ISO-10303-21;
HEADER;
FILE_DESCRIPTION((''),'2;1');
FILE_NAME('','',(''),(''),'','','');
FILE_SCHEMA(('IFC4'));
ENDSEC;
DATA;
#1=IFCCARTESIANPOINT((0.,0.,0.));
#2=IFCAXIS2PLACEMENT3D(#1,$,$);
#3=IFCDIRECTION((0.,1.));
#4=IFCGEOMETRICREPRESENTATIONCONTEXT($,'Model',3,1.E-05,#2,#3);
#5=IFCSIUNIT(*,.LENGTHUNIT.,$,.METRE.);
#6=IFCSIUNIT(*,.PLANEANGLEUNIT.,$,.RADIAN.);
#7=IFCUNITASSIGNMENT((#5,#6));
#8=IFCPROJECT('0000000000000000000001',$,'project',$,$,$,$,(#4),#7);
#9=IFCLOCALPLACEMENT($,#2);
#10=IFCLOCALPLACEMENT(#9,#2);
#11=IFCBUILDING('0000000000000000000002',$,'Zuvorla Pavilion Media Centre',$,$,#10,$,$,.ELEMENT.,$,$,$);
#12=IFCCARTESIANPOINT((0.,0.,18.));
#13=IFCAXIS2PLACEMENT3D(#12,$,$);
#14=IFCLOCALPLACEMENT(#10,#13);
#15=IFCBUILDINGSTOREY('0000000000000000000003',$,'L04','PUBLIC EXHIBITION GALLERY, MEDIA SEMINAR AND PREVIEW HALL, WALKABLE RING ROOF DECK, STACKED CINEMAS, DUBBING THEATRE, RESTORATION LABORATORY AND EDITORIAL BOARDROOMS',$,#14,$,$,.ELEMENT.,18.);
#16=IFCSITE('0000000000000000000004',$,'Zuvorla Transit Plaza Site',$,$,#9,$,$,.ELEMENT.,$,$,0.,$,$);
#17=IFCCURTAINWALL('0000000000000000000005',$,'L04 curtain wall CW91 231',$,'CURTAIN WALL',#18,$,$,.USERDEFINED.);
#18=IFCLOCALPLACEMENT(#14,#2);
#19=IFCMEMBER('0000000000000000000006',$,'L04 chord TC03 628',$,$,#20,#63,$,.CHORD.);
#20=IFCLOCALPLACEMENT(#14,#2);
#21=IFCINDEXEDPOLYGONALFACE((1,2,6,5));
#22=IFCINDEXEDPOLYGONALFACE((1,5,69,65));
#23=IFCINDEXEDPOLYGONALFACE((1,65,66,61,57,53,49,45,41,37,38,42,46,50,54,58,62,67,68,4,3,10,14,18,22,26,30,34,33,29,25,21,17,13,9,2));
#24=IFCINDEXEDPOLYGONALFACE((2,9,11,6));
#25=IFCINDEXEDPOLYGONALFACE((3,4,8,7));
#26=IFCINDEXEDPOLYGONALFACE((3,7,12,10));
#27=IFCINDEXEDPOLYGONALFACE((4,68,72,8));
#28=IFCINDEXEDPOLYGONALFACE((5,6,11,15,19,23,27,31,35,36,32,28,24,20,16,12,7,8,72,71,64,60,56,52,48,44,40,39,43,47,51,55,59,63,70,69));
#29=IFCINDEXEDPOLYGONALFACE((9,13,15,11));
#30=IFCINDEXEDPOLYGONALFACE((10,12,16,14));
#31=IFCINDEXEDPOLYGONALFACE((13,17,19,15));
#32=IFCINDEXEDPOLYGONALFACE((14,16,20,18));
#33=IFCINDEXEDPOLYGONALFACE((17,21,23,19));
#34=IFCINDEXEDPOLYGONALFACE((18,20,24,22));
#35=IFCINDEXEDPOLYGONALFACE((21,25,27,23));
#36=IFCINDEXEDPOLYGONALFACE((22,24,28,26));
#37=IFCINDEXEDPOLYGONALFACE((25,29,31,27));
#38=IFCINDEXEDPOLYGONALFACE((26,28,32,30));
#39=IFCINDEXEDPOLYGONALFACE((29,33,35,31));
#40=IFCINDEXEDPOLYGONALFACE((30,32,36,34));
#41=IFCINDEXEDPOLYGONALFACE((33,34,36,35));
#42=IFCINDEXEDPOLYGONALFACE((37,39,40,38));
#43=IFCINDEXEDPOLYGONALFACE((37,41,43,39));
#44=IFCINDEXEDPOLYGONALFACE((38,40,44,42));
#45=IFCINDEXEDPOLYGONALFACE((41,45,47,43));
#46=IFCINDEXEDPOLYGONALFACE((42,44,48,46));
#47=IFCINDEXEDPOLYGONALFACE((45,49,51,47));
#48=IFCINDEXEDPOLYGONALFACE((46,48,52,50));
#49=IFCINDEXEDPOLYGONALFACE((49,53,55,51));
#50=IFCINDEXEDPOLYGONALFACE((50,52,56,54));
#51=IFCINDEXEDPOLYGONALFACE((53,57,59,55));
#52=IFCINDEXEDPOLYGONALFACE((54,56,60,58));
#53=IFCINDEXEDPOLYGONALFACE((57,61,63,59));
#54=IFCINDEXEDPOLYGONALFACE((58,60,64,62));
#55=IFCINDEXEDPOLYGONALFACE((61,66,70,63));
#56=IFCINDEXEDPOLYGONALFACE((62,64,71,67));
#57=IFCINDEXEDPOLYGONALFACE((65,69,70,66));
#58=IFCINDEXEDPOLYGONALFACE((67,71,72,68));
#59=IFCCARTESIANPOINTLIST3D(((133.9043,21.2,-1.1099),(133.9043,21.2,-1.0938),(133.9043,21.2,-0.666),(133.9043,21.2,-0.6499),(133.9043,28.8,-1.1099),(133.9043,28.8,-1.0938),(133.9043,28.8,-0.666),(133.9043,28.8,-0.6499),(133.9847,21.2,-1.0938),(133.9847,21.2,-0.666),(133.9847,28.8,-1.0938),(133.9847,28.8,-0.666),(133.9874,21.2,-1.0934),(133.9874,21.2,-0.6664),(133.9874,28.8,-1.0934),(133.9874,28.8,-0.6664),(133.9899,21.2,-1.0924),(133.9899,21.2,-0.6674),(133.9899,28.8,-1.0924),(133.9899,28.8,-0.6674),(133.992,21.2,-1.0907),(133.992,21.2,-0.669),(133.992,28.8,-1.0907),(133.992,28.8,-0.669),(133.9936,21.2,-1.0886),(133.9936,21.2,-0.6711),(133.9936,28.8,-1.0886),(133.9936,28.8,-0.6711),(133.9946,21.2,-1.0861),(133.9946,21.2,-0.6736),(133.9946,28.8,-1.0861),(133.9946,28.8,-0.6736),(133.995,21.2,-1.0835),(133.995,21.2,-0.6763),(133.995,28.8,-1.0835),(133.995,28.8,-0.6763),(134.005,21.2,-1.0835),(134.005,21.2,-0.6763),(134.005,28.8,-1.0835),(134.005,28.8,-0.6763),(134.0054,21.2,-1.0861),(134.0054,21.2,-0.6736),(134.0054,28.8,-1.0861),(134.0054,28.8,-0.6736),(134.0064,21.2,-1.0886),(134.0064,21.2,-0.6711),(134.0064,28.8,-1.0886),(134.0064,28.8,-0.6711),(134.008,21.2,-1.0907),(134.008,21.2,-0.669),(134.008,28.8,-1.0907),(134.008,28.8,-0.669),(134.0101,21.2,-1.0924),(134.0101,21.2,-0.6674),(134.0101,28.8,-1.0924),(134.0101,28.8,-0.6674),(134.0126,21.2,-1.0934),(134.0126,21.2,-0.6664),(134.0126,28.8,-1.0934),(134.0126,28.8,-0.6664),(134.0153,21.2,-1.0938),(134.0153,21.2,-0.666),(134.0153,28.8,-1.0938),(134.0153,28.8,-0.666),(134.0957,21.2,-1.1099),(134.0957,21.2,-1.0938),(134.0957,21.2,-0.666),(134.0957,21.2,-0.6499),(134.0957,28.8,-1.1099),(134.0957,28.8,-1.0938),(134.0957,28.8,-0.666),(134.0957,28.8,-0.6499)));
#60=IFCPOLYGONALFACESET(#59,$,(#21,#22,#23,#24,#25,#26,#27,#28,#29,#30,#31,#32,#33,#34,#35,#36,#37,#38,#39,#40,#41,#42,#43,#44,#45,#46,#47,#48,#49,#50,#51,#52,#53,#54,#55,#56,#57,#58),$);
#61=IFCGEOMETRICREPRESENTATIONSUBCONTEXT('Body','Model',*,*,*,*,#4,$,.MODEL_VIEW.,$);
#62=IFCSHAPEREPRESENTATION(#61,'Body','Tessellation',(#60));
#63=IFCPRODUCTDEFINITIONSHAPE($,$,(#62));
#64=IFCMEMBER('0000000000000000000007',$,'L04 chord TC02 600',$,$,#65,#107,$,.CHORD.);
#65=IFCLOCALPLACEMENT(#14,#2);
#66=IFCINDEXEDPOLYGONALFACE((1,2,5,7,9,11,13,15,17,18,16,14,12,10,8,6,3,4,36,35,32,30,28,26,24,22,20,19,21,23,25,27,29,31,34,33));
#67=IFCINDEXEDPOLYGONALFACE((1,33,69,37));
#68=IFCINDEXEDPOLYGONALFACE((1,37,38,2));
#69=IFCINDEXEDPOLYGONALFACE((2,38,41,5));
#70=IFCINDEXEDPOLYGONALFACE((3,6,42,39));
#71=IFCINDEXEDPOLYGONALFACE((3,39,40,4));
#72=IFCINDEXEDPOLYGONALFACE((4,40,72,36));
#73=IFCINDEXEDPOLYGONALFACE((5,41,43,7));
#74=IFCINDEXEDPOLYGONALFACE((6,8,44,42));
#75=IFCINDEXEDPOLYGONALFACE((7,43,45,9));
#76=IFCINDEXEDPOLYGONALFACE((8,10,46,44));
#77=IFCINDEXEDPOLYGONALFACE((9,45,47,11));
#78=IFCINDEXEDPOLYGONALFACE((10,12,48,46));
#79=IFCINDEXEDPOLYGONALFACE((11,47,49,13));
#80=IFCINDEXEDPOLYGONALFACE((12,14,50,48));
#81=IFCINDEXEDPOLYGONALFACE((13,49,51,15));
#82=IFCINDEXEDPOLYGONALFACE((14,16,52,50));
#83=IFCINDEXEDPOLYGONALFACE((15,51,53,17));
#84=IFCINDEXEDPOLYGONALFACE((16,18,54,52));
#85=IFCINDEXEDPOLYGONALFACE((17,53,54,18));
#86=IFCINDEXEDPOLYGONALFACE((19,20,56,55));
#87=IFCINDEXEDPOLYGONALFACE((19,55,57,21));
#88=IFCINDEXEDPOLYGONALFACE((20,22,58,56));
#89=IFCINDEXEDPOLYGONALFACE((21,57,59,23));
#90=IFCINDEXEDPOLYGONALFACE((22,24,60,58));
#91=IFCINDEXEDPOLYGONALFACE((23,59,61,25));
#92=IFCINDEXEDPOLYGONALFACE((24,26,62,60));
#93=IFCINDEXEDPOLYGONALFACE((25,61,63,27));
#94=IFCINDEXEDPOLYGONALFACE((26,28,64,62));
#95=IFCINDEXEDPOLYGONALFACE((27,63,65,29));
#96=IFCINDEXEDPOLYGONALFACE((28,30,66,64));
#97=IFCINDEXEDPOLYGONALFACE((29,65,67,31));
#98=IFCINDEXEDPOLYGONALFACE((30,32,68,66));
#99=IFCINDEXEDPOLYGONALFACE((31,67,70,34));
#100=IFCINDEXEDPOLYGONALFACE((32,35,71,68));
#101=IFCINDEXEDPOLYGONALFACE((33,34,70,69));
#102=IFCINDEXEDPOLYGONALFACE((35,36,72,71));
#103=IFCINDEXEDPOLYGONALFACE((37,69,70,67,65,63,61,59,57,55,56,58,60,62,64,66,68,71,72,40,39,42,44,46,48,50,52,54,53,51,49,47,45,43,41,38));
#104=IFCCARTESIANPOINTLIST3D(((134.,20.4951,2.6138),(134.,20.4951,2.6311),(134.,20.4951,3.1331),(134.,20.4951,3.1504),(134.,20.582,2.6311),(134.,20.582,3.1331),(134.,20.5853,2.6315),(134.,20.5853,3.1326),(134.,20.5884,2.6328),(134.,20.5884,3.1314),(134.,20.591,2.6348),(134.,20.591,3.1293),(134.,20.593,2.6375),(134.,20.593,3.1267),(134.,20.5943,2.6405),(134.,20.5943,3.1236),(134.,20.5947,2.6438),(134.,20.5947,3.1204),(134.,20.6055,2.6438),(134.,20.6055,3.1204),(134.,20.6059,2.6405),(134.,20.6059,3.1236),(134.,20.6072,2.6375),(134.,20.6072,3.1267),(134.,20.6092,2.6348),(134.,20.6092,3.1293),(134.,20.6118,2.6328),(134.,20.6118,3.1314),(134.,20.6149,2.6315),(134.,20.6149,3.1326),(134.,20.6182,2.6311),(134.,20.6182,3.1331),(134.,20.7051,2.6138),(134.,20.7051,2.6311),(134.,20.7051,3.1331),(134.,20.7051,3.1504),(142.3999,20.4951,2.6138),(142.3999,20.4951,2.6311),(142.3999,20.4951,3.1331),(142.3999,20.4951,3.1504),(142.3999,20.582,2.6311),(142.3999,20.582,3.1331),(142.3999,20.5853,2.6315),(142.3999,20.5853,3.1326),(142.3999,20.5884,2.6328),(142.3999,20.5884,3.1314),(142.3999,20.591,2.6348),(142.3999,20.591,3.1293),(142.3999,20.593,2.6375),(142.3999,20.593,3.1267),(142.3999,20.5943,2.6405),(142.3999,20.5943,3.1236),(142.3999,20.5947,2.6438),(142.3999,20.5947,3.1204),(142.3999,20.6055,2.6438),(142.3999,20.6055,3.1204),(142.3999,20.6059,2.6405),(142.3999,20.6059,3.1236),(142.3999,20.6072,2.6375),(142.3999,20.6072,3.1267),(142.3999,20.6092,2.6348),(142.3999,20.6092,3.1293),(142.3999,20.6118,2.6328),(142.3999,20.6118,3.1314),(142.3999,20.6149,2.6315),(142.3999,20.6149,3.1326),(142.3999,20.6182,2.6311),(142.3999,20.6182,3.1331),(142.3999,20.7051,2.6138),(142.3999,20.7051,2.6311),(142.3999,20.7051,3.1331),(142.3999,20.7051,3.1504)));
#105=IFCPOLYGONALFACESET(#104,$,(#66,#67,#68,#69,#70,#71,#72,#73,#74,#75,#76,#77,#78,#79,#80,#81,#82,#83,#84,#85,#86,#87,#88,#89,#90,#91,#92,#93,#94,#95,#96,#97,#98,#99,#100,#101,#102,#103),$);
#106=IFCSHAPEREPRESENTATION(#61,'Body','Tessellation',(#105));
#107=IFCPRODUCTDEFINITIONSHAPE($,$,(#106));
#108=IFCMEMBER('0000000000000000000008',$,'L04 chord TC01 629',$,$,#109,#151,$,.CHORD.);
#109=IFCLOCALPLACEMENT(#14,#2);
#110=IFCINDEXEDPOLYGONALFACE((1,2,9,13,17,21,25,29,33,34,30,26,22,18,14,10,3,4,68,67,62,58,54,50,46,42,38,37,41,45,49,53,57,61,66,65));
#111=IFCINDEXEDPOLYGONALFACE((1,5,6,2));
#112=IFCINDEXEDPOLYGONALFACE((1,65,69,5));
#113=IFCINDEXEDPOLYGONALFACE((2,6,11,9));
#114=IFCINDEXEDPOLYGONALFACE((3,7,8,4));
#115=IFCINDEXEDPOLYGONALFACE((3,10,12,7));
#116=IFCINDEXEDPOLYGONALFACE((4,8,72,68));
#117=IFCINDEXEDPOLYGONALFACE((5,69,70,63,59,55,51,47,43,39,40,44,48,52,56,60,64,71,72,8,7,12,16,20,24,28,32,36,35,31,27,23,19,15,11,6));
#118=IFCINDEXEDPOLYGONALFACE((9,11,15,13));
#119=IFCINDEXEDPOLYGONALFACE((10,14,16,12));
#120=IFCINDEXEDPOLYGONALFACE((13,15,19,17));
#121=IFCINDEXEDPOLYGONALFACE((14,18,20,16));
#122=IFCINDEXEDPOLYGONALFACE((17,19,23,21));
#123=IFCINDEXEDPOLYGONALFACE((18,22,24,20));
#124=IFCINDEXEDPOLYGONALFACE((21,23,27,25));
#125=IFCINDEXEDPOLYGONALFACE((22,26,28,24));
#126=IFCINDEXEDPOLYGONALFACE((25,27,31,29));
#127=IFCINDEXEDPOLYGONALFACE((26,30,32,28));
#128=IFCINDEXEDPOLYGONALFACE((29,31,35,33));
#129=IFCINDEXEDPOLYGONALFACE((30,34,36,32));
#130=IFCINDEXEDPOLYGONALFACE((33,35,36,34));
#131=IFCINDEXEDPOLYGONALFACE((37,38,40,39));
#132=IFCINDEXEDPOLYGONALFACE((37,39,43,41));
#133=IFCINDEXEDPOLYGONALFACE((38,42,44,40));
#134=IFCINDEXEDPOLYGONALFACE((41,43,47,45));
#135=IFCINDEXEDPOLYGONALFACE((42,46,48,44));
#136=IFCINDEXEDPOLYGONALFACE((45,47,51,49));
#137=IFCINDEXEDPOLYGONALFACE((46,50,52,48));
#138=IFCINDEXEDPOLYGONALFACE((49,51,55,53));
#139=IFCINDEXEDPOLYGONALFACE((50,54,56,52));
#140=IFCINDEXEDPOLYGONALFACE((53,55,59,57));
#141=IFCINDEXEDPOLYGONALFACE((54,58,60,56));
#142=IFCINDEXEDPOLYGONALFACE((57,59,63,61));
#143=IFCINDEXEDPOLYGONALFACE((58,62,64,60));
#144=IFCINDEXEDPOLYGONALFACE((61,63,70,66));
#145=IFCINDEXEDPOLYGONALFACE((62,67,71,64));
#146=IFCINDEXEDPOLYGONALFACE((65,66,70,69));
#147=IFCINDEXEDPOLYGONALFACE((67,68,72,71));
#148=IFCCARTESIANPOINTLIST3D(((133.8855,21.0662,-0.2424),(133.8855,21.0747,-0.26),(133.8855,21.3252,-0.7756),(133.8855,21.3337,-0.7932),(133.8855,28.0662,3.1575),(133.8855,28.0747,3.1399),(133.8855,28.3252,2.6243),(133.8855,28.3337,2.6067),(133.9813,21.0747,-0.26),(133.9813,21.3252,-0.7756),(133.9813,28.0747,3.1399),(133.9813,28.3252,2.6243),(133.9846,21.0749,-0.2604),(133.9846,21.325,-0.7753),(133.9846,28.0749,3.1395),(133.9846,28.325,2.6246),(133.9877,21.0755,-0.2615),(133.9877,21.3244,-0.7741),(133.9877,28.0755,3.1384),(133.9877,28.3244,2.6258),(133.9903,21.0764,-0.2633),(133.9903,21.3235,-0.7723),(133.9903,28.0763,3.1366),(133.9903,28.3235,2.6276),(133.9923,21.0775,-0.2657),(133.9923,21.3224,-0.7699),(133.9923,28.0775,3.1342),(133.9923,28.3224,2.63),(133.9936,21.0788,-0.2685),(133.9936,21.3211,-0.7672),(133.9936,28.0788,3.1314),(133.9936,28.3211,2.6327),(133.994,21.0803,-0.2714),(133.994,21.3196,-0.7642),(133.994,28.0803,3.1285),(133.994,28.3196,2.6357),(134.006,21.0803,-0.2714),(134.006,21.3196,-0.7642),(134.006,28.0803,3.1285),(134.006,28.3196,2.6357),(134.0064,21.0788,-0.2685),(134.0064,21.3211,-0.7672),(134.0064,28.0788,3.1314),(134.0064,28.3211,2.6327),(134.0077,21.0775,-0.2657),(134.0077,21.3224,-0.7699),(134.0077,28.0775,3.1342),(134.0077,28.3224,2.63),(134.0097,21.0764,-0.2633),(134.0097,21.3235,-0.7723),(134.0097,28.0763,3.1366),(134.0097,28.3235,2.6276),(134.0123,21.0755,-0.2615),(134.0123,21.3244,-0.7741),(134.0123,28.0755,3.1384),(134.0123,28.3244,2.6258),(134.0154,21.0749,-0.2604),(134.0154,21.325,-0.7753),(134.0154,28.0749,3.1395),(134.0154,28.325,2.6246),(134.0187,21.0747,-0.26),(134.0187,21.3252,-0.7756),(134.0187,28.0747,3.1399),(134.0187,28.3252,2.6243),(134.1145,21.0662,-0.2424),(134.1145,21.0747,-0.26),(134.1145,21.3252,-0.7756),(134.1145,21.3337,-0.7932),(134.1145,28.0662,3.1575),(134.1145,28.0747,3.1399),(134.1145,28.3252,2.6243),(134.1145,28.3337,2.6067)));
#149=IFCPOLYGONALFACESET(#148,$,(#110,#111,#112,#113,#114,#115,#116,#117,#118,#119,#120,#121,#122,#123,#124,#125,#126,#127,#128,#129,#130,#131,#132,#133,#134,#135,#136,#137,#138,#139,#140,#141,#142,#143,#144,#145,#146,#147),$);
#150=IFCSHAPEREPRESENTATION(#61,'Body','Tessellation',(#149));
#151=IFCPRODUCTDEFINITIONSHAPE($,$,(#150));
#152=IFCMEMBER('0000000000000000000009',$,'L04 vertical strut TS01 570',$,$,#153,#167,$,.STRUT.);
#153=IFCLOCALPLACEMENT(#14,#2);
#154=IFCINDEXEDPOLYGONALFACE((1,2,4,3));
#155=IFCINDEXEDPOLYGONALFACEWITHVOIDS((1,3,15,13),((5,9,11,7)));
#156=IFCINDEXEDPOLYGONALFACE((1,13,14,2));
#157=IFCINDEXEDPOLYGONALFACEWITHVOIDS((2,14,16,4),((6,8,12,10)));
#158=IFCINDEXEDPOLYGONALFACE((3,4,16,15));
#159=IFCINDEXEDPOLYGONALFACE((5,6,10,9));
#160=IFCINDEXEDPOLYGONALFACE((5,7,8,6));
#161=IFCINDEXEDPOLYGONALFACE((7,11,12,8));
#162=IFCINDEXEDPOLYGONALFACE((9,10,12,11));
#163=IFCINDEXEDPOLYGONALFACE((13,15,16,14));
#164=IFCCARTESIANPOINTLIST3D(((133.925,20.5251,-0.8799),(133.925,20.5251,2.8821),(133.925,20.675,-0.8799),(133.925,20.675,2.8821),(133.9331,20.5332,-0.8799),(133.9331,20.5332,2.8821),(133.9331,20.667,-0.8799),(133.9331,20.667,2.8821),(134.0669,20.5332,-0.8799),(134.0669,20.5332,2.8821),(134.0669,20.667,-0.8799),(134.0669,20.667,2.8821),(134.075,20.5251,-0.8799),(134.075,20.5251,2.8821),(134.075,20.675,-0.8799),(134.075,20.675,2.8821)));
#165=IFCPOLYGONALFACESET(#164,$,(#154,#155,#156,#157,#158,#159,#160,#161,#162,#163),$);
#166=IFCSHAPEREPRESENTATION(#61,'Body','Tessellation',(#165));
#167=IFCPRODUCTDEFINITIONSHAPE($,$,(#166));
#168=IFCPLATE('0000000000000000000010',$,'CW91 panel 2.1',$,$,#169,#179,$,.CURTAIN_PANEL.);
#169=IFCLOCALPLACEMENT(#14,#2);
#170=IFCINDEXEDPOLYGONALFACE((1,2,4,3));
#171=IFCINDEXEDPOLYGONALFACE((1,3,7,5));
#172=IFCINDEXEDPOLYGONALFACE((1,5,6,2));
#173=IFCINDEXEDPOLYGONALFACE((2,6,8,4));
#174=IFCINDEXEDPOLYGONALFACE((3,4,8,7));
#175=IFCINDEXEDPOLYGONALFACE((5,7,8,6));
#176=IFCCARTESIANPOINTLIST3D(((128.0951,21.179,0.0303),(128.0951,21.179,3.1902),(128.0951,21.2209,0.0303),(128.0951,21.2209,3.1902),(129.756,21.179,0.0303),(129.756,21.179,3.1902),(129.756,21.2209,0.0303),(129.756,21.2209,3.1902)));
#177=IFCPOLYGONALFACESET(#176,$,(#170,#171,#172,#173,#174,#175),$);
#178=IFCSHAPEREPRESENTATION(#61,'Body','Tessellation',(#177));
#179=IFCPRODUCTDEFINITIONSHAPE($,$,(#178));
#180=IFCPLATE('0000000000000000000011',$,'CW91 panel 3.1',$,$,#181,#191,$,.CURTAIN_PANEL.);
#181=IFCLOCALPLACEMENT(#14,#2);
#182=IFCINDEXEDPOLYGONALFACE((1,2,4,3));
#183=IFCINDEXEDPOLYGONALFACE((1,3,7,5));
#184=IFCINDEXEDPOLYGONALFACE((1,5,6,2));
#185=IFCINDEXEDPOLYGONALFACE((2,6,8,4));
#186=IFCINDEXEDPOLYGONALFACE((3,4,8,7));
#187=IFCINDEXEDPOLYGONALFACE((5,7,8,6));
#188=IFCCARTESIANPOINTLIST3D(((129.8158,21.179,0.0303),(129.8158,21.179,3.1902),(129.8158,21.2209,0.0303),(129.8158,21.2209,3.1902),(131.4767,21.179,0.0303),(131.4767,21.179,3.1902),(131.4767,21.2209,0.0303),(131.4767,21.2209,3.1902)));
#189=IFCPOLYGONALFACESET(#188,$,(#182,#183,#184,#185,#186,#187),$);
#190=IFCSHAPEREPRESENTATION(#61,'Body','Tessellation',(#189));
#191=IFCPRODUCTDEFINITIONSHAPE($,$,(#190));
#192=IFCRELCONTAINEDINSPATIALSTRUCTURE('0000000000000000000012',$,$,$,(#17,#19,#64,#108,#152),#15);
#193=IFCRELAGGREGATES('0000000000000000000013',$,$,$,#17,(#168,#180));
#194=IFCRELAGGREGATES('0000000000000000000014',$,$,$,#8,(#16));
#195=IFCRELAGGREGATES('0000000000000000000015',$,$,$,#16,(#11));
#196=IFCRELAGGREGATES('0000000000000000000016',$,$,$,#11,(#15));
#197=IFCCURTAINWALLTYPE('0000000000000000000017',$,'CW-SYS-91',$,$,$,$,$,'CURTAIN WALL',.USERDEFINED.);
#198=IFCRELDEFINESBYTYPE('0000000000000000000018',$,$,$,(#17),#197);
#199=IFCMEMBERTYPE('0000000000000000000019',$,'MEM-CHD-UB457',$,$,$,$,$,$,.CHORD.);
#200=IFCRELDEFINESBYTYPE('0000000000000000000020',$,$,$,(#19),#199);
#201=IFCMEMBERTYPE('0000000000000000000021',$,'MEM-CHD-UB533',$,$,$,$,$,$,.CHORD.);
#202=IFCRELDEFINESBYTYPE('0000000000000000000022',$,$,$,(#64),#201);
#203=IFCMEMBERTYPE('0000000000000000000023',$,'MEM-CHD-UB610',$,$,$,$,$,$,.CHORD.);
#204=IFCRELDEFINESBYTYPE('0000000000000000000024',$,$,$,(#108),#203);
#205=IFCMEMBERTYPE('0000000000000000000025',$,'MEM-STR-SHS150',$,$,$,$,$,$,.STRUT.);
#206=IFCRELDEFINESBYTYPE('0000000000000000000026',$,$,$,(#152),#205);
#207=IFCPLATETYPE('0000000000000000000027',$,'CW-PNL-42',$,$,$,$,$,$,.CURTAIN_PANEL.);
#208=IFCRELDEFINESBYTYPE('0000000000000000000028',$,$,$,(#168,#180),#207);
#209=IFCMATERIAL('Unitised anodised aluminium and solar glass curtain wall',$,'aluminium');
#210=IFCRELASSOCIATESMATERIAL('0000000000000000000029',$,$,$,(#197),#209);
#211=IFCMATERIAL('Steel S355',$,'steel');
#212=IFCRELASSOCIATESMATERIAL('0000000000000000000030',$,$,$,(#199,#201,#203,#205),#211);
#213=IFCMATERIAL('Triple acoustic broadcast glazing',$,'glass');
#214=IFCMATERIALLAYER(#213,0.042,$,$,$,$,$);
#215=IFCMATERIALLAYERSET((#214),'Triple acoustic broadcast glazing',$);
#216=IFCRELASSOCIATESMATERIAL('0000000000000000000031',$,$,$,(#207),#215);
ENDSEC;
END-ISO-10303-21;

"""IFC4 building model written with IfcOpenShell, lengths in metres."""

from ifc_helpers import new_model, si_unit, direction, frame, origin, origin_2d, place, context, subcontext, project, spatial, rectangle, hollow_rectangle, i_section, extrude, material, layer, layer_set, material_profile, profile_set, type_object, element, aggregate, save


model = new_model("IFC4")

# Units and contexts
model_context = context("Model", 3, precision=1e-05, world=origin(), true_north=direction((0.0, 1.0)))
body_context = subcontext(model_context, "Body", "Model", "MODEL_VIEW")
ifc_project = project(units=[si_unit("LENGTHUNIT", "METRE"), si_unit("PLANEANGLEUNIT", "RADIAN")], contexts=[model_context])

# Site, building, storey
site_placement = place(None, origin())
site = spatial("IfcSite", under=ifc_project, at=site_placement, Name="Zuvorla Transit Plaza Site", CompositionType="ELEMENT", RefElevation=0.0)
building_placement = place(site_placement, origin())
building = spatial("IfcBuilding", under=site, at=building_placement, Name="Zuvorla Pavilion Media Centre", CompositionType="ELEMENT")
storey_placement = place(building_placement, frame((0.0, 0.0, 18.0)))
storey = spatial("IfcBuildingStorey", under=building, at=storey_placement, Name="L04", Description="PUBLIC EXHIBITION GALLERY, MEDIA SEMINAR AND PREVIEW HALL, WALKABLE RING ROOF DECK, STACKED CINEMAS, DUBBING THEATRE, RESTORATION LABORATORY AND EDITORIAL BOARDROOMS", CompositionType="ELEMENT", Elevation=18.0)

# Curtain wall
ifc_material_1 = material(Name="Unitised anodised aluminium and solar glass curtain wall", Category="aluminium")
curtain_wall_type_1 = type_object("IfcCurtainWallType", Name="CW-SYS-91", ElementType="CURTAIN WALL", PredefinedType="USERDEFINED", material=ifc_material_1)
curtain_wall_1_placement = place(storey_placement, origin())
curtain_wall_1 = element("IfcCurtainWall", 1, at=curtain_wall_1_placement, inside=storey, type_object=curtain_wall_type_1, Name="L04 curtain wall CW91 231", ObjectType="CURTAIN WALL", PredefinedType="USERDEFINED")

# Members
ifc_material_2 = material(Name="Steel S355", Category="steel")
ifc_material_profile_1 = material_profile(ifc_material_2, i_section(OverallWidth=0.1914, OverallDepth=0.46, WebThickness=0.01, FlangeThickness=0.0161, FilletRadius=0.0103, at=origin_2d()), Name="UB 457x191x82")
ifc_profile_set_1 = profile_set([ifc_material_profile_1], Name="Steel S355")
member_type_1 = type_object("IfcMemberType", Name="MEM-CHD-UB457", PredefinedType="CHORD", material=ifc_profile_set_1)
member_1_placement = place(storey_placement, frame((134.0, 21.2, -0.8799), z_axis=(0.0, 1.0, 0.0), x_axis=(-1.0, 0.0, 0.0)))
element("IfcMember", 2, at=member_1_placement, inside=storey, type_object=member_type_1, Name="L04 chord TC03 628", PredefinedType="CHORD", context=body_context, shape_type="SweptSolid", body=[
    extrude(i_section(OverallWidth=0.1914, OverallDepth=0.46, WebThickness=0.01, FlangeThickness=0.0161, FilletRadius=0.0103, at=origin_2d()), origin(), (0.0, 0.0, 1.0), 7.6001),
])
ifc_material_profile_2 = material_profile(ifc_material_2, i_section(OverallWidth=0.21, OverallDepth=0.5366, WebThickness=0.0107, FlangeThickness=0.0173, FilletRadius=0.0127, at=origin_2d()), Name="UB 533x210x101")
ifc_profile_set_2 = profile_set([ifc_material_profile_2], Name="Steel S355")
member_type_2 = type_object("IfcMemberType", Name="MEM-CHD-UB533", PredefinedType="CHORD", material=ifc_profile_set_2)
member_2_placement = place(storey_placement, frame((134.0, 20.6001, 2.8821), z_axis=(1.0, 0.0, 0.0), x_axis=(0.0, 1.0, 0.0)))
element("IfcMember", 3, at=member_2_placement, inside=storey, type_object=member_type_2, Name="L04 chord TC02 600", PredefinedType="CHORD", context=body_context, shape_type="SweptSolid", body=[
    extrude(i_section(OverallWidth=0.21, OverallDepth=0.5366, WebThickness=0.0107, FlangeThickness=0.0173, FilletRadius=0.0127, at=origin_2d()), origin(), (0.0, 0.0, 1.0), 8.3999),
])
ifc_material_profile_3 = material_profile(ifc_material_2, i_section(OverallWidth=0.229, OverallDepth=0.6123, WebThickness=0.012, FlangeThickness=0.0195, FilletRadius=0.0127, at=origin_2d()), Name="UB 610x229x125")
ifc_profile_set_3 = profile_set([ifc_material_profile_3], Name="Steel S355")
member_type_3 = type_object("IfcMemberType", Name="MEM-CHD-UB610", PredefinedType="CHORD", material=ifc_profile_set_3)
member_3_placement = place(storey_placement, frame((134.0, 21.2, -0.5178), z_axis=(0.0, 0.899513, 0.436894), x_axis=(-1.0, 0.0, 0.0)))
element("IfcMember", 4, at=member_3_placement, inside=storey, type_object=member_type_3, Name="L04 chord TC01 629", PredefinedType="CHORD", context=body_context, shape_type="SweptSolid", body=[
    extrude(i_section(OverallWidth=0.229, OverallDepth=0.6123, WebThickness=0.012, FlangeThickness=0.0195, FilletRadius=0.0127, at=origin_2d()), origin(), (0.0, 0.0, 1.0), 7.782),
])
ifc_material_profile_4 = material_profile(ifc_material_2, hollow_rectangle(XDim=0.1499, YDim=0.1499, WallThickness=0.0081, at=origin_2d()), Name="SHS 150x150x8")
ifc_profile_set_4 = profile_set([ifc_material_profile_4], Name="Steel S355")
member_type_4 = type_object("IfcMemberType", Name="MEM-STR-SHS150", PredefinedType="STRUT", material=ifc_profile_set_4)
member_4_placement = place(storey_placement, frame((134.0, 20.6001, -0.8799), z_axis=(0.0, 0.0, 1.0), x_axis=(1.0, 0.0, 0.0)))
element("IfcMember", 5, at=member_4_placement, inside=storey, type_object=member_type_4, Name="L04 vertical strut TS01 570", PredefinedType="STRUT", context=body_context, shape_type="SweptSolid", body=[
    extrude(hollow_rectangle(XDim=0.1499, YDim=0.1499, WallThickness=0.0081, at=origin_2d()), origin(), (0.0, 0.0, 1.0), 3.762),
])

# Plates
ifc_material_3 = material(Name="Triple acoustic broadcast glazing", Category="glass")
ifc_layer_1 = layer(ifc_material_3, 0.042)
ifc_layer_set_1 = layer_set([ifc_layer_1], Name="Triple acoustic broadcast glazing")
plate_type_1 = type_object("IfcPlateType", Name="CW-PNL-42", PredefinedType="CURTAIN_PANEL", material=ifc_layer_set_1)
plate_1_placement = place(storey_placement, frame((128.9255, 21.2, 0.0303), z_axis=(0.0, 0.0, 1.0), x_axis=(1.0, 0.0, 0.0)))
plate_1 = element("IfcPlate", 6, at=plate_1_placement, type_object=plate_type_1, Name="CW91 panel 2.1", PredefinedType="CURTAIN_PANEL", context=body_context, shape_type="SweptSolid", body=[
    extrude(rectangle(XDim=1.6609, YDim=0.042, at=origin_2d()), origin(), (0.0, 0.0, 1.0), 3.1599),
])
plate_2_placement = place(storey_placement, frame((130.6462, 21.2, 0.0303), z_axis=(0.0, 0.0, 1.0), x_axis=(1.0, 0.0, 0.0)))
plate_2 = element("IfcPlate", 7, at=plate_2_placement, type_object=plate_type_1, Name="CW91 panel 3.1", PredefinedType="CURTAIN_PANEL", context=body_context, shape_type="SweptSolid", body=[
    extrude(rectangle(XDim=1.6609, YDim=0.042, at=origin_2d()), origin(), (0.0, 0.0, 1.0), 3.1599),
])
aggregate(curtain_wall_1, [plate_1, plate_2])

save(model, "model.ifc")
